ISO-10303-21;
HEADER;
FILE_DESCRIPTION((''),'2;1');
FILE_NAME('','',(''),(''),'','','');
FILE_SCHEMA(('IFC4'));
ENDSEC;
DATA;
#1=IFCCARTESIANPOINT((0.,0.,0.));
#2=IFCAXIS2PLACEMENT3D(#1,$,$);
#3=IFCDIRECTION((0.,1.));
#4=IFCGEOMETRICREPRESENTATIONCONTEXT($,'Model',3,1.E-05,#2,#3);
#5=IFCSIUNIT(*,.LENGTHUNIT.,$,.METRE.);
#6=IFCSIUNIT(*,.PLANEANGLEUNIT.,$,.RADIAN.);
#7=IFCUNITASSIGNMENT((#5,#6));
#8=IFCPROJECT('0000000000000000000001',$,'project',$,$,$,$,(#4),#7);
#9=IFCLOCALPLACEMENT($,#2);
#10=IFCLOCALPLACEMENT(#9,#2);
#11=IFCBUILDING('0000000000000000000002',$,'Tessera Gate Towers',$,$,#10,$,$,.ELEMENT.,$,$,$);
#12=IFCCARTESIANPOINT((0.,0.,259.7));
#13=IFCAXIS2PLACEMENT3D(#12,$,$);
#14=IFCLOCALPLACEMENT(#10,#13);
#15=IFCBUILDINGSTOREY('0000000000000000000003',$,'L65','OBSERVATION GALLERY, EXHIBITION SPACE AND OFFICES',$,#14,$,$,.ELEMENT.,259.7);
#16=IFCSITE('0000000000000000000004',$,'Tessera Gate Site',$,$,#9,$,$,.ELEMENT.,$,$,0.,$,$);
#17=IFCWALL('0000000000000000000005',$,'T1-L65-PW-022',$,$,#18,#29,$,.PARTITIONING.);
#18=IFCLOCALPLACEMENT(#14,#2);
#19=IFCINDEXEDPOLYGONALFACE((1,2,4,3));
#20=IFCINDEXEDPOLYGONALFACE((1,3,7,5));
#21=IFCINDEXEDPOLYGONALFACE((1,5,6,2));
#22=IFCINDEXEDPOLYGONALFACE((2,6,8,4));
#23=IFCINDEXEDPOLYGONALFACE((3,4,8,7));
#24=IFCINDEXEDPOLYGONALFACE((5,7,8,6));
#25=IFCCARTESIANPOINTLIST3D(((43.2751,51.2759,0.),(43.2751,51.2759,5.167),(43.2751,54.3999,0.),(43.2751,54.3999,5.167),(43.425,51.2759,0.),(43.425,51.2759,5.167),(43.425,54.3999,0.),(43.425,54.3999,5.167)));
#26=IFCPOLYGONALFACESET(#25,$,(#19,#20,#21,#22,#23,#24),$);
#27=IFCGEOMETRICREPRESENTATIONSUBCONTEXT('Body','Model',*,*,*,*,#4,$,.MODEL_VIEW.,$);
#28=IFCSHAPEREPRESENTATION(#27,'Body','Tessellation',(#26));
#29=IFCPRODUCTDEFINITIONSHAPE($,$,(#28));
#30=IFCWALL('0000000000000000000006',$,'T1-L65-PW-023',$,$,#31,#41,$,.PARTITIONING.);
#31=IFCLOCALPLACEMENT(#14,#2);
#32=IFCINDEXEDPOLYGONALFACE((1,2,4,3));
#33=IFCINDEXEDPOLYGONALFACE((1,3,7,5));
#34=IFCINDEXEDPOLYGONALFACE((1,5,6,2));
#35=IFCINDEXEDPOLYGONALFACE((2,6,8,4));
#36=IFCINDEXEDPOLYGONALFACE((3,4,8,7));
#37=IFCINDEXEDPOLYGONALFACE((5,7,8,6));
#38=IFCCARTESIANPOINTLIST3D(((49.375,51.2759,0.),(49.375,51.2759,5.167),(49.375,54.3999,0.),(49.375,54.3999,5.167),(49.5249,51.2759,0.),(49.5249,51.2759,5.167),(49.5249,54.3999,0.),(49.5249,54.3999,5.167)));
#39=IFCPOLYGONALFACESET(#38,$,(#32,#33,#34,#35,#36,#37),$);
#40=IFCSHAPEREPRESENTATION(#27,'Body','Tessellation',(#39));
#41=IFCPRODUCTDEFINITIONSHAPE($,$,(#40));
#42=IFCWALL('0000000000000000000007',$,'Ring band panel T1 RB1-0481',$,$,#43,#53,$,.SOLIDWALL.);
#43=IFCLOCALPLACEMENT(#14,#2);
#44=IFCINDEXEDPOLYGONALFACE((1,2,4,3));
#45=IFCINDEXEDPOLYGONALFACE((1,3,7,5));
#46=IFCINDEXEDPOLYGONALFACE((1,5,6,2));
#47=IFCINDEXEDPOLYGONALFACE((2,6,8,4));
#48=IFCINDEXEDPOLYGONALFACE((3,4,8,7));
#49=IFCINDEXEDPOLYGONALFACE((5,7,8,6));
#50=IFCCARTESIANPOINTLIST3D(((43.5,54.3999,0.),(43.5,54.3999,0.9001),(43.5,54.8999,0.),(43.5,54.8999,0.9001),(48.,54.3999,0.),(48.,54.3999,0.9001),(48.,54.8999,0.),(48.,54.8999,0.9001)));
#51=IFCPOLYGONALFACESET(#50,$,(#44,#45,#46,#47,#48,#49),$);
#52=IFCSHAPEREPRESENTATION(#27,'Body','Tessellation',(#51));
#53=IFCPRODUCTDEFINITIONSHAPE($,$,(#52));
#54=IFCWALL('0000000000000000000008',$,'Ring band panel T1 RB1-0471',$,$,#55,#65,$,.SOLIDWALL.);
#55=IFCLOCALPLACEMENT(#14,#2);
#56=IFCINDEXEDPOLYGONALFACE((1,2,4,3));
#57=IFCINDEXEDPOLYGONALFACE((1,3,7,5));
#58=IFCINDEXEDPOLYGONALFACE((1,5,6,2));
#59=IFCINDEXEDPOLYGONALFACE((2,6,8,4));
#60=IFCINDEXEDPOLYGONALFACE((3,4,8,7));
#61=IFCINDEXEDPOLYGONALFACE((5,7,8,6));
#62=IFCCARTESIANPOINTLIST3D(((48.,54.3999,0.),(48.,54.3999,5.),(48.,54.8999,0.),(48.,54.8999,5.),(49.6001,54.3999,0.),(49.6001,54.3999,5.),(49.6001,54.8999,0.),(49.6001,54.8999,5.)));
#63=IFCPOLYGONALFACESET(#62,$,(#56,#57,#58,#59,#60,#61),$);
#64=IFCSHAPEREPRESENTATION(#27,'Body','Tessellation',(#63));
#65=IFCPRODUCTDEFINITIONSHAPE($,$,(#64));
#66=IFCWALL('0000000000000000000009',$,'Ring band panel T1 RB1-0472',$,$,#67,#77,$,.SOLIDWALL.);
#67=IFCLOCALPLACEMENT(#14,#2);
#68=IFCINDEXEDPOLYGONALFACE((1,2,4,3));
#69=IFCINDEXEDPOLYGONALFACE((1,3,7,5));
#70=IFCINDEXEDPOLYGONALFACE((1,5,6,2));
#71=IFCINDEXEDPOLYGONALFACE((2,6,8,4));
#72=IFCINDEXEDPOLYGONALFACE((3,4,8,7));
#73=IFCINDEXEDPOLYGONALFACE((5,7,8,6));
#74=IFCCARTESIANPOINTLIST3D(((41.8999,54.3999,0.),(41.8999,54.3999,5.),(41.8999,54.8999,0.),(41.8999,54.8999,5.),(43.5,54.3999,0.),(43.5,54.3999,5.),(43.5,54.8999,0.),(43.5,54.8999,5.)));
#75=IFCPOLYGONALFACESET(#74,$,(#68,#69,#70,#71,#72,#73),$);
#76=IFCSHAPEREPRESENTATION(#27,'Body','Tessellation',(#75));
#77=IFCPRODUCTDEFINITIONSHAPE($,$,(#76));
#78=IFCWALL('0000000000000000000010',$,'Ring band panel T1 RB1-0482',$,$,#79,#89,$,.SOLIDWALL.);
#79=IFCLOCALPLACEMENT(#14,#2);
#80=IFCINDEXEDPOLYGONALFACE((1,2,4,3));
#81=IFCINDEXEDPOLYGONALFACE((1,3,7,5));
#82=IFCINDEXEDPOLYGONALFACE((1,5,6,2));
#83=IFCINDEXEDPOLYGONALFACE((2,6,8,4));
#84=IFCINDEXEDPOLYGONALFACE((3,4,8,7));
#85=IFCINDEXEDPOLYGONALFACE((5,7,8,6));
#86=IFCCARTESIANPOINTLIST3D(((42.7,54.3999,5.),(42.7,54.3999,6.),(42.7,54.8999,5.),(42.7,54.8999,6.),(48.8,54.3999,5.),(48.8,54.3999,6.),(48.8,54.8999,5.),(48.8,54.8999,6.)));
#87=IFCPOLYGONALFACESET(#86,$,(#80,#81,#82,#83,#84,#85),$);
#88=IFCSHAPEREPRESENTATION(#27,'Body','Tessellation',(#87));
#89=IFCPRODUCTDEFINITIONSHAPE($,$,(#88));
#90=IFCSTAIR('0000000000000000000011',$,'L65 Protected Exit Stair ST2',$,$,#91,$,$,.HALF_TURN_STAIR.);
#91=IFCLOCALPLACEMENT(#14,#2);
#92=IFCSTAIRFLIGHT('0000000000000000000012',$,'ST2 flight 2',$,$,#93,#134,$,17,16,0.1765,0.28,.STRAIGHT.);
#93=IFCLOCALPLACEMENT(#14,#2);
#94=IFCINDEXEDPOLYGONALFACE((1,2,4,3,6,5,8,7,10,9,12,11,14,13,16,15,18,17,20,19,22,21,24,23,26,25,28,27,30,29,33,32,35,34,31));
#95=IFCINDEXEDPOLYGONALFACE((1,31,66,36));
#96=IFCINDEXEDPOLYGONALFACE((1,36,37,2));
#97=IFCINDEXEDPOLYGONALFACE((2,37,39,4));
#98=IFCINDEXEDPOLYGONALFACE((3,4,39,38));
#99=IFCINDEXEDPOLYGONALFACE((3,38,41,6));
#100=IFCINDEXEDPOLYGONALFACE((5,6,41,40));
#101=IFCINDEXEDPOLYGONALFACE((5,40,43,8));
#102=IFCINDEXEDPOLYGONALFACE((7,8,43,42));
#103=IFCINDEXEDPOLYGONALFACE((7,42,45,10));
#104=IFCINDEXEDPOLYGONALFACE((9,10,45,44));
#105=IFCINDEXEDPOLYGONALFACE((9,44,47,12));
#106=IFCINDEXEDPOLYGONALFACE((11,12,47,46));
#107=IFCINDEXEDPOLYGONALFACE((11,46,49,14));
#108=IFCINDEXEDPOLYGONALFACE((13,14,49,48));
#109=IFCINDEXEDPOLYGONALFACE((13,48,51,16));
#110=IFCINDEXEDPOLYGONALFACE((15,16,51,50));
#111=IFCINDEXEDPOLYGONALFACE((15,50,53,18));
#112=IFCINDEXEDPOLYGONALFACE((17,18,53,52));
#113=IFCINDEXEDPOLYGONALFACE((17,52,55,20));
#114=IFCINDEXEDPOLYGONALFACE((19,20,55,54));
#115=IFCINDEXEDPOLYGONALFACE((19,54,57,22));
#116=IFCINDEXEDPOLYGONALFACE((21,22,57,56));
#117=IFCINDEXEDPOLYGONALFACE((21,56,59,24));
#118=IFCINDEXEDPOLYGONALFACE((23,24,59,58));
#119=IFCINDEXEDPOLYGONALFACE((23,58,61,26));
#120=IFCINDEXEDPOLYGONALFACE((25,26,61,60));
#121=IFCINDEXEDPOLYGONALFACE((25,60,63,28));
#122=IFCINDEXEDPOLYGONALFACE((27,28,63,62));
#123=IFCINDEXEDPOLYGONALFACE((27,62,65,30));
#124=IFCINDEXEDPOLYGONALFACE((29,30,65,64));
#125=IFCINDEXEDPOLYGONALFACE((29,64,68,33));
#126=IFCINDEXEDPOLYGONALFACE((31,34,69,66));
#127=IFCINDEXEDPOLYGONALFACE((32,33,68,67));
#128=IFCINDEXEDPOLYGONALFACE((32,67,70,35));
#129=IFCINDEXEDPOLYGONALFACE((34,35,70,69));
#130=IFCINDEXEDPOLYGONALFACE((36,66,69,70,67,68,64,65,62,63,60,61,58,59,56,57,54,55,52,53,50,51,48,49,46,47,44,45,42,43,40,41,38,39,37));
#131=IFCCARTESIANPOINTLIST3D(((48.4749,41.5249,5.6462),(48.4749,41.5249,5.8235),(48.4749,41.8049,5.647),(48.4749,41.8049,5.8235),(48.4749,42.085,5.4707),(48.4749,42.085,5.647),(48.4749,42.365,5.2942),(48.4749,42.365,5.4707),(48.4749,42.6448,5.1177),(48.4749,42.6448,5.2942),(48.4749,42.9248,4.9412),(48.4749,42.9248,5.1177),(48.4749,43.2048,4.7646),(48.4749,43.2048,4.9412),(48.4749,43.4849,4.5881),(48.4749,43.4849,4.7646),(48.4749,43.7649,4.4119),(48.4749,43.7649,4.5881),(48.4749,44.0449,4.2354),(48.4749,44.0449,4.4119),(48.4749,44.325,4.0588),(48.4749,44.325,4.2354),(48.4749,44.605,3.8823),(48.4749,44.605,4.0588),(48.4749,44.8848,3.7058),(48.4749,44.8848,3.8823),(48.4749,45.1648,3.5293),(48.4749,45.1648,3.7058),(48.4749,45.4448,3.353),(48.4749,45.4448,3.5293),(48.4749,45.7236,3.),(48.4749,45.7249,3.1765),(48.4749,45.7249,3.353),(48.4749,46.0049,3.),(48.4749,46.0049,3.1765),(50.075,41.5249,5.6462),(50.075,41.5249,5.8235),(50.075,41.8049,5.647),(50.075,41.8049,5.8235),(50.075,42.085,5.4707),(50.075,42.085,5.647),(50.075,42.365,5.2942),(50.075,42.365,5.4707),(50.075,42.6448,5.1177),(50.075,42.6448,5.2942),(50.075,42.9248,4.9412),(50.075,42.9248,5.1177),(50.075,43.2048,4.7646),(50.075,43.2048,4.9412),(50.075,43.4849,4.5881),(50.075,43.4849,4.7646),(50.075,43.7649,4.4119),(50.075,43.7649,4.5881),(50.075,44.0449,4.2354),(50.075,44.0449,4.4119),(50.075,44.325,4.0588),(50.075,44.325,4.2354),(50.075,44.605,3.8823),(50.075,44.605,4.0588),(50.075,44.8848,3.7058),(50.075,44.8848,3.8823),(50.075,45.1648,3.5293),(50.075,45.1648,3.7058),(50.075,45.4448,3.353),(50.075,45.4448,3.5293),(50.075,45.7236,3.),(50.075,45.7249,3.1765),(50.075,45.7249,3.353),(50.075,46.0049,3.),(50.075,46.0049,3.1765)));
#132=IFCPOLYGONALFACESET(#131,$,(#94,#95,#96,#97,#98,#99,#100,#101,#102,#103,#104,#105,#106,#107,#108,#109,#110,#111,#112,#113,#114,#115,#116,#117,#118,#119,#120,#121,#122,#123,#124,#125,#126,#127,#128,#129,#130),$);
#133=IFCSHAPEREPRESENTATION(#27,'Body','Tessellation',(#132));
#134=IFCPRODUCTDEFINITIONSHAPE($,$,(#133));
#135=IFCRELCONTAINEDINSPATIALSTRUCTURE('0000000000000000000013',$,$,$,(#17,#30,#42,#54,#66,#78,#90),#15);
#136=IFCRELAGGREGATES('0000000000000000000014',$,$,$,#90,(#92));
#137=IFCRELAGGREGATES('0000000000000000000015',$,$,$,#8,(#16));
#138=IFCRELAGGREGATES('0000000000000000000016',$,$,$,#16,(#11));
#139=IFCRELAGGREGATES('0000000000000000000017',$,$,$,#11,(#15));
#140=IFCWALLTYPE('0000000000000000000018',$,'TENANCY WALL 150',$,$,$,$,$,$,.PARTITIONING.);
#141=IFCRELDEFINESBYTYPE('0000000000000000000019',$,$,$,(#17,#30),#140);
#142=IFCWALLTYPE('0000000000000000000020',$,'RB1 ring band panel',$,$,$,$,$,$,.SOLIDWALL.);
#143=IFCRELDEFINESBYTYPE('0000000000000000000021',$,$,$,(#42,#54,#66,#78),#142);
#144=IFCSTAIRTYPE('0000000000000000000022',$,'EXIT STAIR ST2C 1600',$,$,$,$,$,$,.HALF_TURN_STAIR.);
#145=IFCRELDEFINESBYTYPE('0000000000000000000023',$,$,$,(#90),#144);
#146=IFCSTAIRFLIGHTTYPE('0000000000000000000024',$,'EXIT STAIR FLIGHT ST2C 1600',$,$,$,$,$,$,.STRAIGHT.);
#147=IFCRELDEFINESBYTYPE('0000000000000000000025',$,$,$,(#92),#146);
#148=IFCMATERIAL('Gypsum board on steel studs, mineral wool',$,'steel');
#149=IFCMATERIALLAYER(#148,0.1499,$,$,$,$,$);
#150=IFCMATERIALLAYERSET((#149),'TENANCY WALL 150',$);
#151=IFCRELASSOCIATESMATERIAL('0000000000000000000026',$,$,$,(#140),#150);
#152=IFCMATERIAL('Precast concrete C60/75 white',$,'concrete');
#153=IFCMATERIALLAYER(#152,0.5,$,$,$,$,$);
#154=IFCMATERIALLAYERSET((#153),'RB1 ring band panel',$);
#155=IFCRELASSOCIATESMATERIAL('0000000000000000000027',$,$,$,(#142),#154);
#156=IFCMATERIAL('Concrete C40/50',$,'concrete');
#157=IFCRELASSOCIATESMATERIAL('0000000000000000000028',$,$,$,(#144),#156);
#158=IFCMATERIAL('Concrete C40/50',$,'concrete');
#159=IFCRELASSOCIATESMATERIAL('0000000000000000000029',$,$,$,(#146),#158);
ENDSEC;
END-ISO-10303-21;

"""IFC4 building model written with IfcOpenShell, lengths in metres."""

from ifc_helpers import new_model, si_unit, direction, frame, frame_2d, origin, place, context, subcontext, project, spatial, polyline, rectangle, outline, extrude, source, transform, mapped, material, layer, layer_set, type_object, element, aggregate, save


model = new_model("IFC4")

# Units and contexts
model_context = context("Model", 3, precision=1e-05, world=origin(), true_north=direction((0.0, 1.0)))
body_context = subcontext(model_context, "Body", "Model", "MODEL_VIEW")
ifc_project = project(units=[si_unit("LENGTHUNIT", "METRE"), si_unit("PLANEANGLEUNIT", "RADIAN")], contexts=[model_context])

# Site, building, storey
site_placement = place(None, origin())
site = spatial("IfcSite", under=ifc_project, at=site_placement, Name="Tessera Gate Site", CompositionType="ELEMENT", RefElevation=0.0)
building_placement = place(site_placement, origin())
building = spatial("IfcBuilding", under=site, at=building_placement, Name="Tessera Gate Towers", CompositionType="ELEMENT")
storey_placement = place(building_placement, frame((0.0, 0.0, 259.7)))
storey = spatial("IfcBuildingStorey", under=building, at=storey_placement, Name="L65", Description="OBSERVATION GALLERY, EXHIBITION SPACE AND OFFICES", CompositionType="ELEMENT", Elevation=259.7)

# Walls
ifc_material_1 = material(Name="Gypsum board on steel studs, mineral wool", Category="steel")
ifc_layer_1 = layer(ifc_material_1, 0.1499)
ifc_layer_set_1 = layer_set([ifc_layer_1], Name="TENANCY WALL 150")
wall_type_1 = type_object("IfcWallType", Name="TENANCY WALL 150", PredefinedType="PARTITIONING", material=ifc_layer_set_1)
for number, where, z_axis, x_axis, name in (
    (1, (43.3501, 51.2759, 0.0), (0.0, 0.0, 1.0), (0.0, 1.0, 0.0), "T1-L65-PW-022"),
    (2, (49.45, 51.2759, 0.0), (0.0, 0.0, 1.0), (0.0, 1.0, 0.0), "T1-L65-PW-023"),
):
    element("IfcWall", number, at=place(storey_placement, frame(where, z_axis=z_axis, x_axis=x_axis)), inside=storey, type_object=wall_type_1, Name=name, PredefinedType="PARTITIONING", context=body_context, shape_type="SweptSolid", body=[
        extrude(rectangle(XDim=3.124, YDim=0.1499, at=frame_2d((1.562, 0.0))), origin(), (0.0, 0.0, 1.0), 5.167),
    ])
ifc_material_2 = material(Name="Precast concrete C60/75 white", Category="concrete")
ifc_layer_2 = layer(ifc_material_2, 0.5)
ifc_layer_set_2 = layer_set([ifc_layer_2], Name="RB1 ring band panel")
wall_type_2 = type_object("IfcWallType", Name="RB1 ring band panel", PredefinedType="SOLIDWALL", material=ifc_layer_set_2)
shared_shape_1 = source(origin(), body_context, "Body", "SweptSolid", [
    extrude(outline(polyline([(0.0, 0.0), (4.5, 0.0), (4.5, 0.9001), (0.0, 0.9001), (0.0, 0.0)])), frame((0.0, 0.25, 0.0), z_axis=(0.0, -1.0, 0.0), x_axis=(1.0, 0.0, 0.0)), (0.0, 0.0, 1.0), 0.5),
])
wall_1_placement = place(storey_placement, frame((48.0, 54.6499, 0.0), z_axis=(0.0, 0.0, 1.0), x_axis=(-1.0, 0.0, 0.0)))
element("IfcWall", 3, at=wall_1_placement, inside=storey, type_object=wall_type_2, Name="Ring band panel T1 RB1-0481", PredefinedType="SOLIDWALL", context=body_context, shape_type="MappedRepresentation", body=[
    mapped(shared_shape_1, transform((0.0, 0.0, 0.0), scale=1.0)),
])
shared_shape_2 = source(origin(), body_context, "Body", "SweptSolid", [
    extrude(outline(polyline([(0.0, 0.0), (1.6001, 0.0), (1.6001, 5.0), (0.0, 5.0), (0.0, 0.0)])), frame((0.0, 0.25, 0.0), z_axis=(0.0, -1.0, 0.0), x_axis=(1.0, 0.0, 0.0)), (0.0, 0.0, 1.0), 0.5),
])
for number, where, z_axis, x_axis, name in (
    (4, (49.6001, 54.6499, 0.0), (0.0, 0.0, 1.0), (-1.0, 0.0, 0.0), "Ring band panel T1 RB1-0471"),
    (5, (43.5, 54.6499, 0.0), (0.0, 0.0, 1.0), (-1.0, 0.0, 0.0), "Ring band panel T1 RB1-0472"),
):
    element("IfcWall", number, at=place(storey_placement, frame(where, z_axis=z_axis, x_axis=x_axis)), inside=storey, type_object=wall_type_2, Name=name, PredefinedType="SOLIDWALL", context=body_context, shape_type="MappedRepresentation", body=[
        mapped(shared_shape_2, transform((0.0, 0.0, 0.0), scale=1.0)),
    ])
shared_shape_3 = source(origin(), body_context, "Body", "SweptSolid", [
    extrude(outline(polyline([(0.0, 0.0), (6.1001, 0.0), (6.1001, 1.0), (0.0, 1.0), (0.0, 0.0)])), frame((0.0, 0.25, 0.0), z_axis=(0.0, -1.0, 0.0), x_axis=(1.0, 0.0, 0.0)), (0.0, 0.0, 1.0), 0.5),
])
wall_2_placement = place(storey_placement, frame((48.8, 54.6499, 5.0), z_axis=(0.0, 0.0, 1.0), x_axis=(-1.0, 0.0, 0.0)))
element("IfcWall", 6, at=wall_2_placement, inside=storey, type_object=wall_type_2, Name="Ring band panel T1 RB1-0482", PredefinedType="SOLIDWALL", context=body_context, shape_type="MappedRepresentation", body=[
    mapped(shared_shape_3, transform((0.0, 0.0, 0.0), scale=1.0)),
])

# Stair, stair flight
ifc_material_3 = material(Name="Concrete C40/50", Category="concrete")
stair_type = type_object("IfcStairType", Name="EXIT STAIR ST2C 1600", PredefinedType="HALF_TURN_STAIR", material=ifc_material_3)
stair_placement = place(storey_placement, origin())
stair = element("IfcStair", 7, at=stair_placement, inside=storey, type_object=stair_type, Name="L65 Protected Exit Stair ST2", PredefinedType="HALF_TURN_STAIR")
ifc_material_4 = material(Name="Concrete C40/50", Category="concrete")
stair_flight_type = type_object("IfcStairFlightType", Name="EXIT STAIR FLIGHT ST2C 1600", PredefinedType="STRAIGHT", material=ifc_material_4)
stair_flight_placement = place(storey_placement, frame((49.2749, 46.0049, 3.0), z_axis=(0.0, 0.0, 1.0), x_axis=(0.0, -1.0, 0.0)))
stair_flight = element("IfcStairFlight", 8, at=stair_flight_placement, type_object=stair_flight_type, Name="ST2 flight 2", NumberOfRisers=17, NumberOfTreads=16, PredefinedType="STRAIGHT", RiserHeight=0.1765, TreadLength=0.28, context=body_context, shape_type="SweptSolid", body=[
    extrude(outline(polyline([(0.0, 0.0), (0.0, 0.1765), (0.28, 0.1765), (0.28, 0.353), (0.5601, 0.353), (0.5601, 0.5293), (0.8401, 0.5293), (0.8401, 0.7058), (1.1201, 0.7058), (1.1201, 0.8823), (1.3999, 0.8823), (1.3999, 1.0588), (1.6799, 1.0588), (1.6799, 1.2354), (1.96, 1.2354), (1.96, 1.4119), (2.24, 1.4119), (2.24, 1.5881), (2.52, 1.5881), (2.52, 1.7646), (2.8, 1.7646), (2.8, 1.9412), (3.0801, 1.9412), (3.0801, 2.1177), (3.3601, 2.1177), (3.3601, 2.2942), (3.6399, 2.2942), (3.6399, 2.4707), (3.9199, 2.4707), (3.9199, 2.647), (4.2, 2.647), (4.2, 2.8235), (4.48, 2.8235), (4.48, 3.0), (4.48, 2.6462), (0.2812, 0.0), (0.0, 0.0)])), frame((0.0, 0.8, 0.0), z_axis=(0.0, -1.0, 0.0), x_axis=(1.0, 0.0, 0.0)), (0.0, 0.0, 1.0), 1.6001),
])
aggregate(stair, [stair_flight])

save(model, "model.ifc")
